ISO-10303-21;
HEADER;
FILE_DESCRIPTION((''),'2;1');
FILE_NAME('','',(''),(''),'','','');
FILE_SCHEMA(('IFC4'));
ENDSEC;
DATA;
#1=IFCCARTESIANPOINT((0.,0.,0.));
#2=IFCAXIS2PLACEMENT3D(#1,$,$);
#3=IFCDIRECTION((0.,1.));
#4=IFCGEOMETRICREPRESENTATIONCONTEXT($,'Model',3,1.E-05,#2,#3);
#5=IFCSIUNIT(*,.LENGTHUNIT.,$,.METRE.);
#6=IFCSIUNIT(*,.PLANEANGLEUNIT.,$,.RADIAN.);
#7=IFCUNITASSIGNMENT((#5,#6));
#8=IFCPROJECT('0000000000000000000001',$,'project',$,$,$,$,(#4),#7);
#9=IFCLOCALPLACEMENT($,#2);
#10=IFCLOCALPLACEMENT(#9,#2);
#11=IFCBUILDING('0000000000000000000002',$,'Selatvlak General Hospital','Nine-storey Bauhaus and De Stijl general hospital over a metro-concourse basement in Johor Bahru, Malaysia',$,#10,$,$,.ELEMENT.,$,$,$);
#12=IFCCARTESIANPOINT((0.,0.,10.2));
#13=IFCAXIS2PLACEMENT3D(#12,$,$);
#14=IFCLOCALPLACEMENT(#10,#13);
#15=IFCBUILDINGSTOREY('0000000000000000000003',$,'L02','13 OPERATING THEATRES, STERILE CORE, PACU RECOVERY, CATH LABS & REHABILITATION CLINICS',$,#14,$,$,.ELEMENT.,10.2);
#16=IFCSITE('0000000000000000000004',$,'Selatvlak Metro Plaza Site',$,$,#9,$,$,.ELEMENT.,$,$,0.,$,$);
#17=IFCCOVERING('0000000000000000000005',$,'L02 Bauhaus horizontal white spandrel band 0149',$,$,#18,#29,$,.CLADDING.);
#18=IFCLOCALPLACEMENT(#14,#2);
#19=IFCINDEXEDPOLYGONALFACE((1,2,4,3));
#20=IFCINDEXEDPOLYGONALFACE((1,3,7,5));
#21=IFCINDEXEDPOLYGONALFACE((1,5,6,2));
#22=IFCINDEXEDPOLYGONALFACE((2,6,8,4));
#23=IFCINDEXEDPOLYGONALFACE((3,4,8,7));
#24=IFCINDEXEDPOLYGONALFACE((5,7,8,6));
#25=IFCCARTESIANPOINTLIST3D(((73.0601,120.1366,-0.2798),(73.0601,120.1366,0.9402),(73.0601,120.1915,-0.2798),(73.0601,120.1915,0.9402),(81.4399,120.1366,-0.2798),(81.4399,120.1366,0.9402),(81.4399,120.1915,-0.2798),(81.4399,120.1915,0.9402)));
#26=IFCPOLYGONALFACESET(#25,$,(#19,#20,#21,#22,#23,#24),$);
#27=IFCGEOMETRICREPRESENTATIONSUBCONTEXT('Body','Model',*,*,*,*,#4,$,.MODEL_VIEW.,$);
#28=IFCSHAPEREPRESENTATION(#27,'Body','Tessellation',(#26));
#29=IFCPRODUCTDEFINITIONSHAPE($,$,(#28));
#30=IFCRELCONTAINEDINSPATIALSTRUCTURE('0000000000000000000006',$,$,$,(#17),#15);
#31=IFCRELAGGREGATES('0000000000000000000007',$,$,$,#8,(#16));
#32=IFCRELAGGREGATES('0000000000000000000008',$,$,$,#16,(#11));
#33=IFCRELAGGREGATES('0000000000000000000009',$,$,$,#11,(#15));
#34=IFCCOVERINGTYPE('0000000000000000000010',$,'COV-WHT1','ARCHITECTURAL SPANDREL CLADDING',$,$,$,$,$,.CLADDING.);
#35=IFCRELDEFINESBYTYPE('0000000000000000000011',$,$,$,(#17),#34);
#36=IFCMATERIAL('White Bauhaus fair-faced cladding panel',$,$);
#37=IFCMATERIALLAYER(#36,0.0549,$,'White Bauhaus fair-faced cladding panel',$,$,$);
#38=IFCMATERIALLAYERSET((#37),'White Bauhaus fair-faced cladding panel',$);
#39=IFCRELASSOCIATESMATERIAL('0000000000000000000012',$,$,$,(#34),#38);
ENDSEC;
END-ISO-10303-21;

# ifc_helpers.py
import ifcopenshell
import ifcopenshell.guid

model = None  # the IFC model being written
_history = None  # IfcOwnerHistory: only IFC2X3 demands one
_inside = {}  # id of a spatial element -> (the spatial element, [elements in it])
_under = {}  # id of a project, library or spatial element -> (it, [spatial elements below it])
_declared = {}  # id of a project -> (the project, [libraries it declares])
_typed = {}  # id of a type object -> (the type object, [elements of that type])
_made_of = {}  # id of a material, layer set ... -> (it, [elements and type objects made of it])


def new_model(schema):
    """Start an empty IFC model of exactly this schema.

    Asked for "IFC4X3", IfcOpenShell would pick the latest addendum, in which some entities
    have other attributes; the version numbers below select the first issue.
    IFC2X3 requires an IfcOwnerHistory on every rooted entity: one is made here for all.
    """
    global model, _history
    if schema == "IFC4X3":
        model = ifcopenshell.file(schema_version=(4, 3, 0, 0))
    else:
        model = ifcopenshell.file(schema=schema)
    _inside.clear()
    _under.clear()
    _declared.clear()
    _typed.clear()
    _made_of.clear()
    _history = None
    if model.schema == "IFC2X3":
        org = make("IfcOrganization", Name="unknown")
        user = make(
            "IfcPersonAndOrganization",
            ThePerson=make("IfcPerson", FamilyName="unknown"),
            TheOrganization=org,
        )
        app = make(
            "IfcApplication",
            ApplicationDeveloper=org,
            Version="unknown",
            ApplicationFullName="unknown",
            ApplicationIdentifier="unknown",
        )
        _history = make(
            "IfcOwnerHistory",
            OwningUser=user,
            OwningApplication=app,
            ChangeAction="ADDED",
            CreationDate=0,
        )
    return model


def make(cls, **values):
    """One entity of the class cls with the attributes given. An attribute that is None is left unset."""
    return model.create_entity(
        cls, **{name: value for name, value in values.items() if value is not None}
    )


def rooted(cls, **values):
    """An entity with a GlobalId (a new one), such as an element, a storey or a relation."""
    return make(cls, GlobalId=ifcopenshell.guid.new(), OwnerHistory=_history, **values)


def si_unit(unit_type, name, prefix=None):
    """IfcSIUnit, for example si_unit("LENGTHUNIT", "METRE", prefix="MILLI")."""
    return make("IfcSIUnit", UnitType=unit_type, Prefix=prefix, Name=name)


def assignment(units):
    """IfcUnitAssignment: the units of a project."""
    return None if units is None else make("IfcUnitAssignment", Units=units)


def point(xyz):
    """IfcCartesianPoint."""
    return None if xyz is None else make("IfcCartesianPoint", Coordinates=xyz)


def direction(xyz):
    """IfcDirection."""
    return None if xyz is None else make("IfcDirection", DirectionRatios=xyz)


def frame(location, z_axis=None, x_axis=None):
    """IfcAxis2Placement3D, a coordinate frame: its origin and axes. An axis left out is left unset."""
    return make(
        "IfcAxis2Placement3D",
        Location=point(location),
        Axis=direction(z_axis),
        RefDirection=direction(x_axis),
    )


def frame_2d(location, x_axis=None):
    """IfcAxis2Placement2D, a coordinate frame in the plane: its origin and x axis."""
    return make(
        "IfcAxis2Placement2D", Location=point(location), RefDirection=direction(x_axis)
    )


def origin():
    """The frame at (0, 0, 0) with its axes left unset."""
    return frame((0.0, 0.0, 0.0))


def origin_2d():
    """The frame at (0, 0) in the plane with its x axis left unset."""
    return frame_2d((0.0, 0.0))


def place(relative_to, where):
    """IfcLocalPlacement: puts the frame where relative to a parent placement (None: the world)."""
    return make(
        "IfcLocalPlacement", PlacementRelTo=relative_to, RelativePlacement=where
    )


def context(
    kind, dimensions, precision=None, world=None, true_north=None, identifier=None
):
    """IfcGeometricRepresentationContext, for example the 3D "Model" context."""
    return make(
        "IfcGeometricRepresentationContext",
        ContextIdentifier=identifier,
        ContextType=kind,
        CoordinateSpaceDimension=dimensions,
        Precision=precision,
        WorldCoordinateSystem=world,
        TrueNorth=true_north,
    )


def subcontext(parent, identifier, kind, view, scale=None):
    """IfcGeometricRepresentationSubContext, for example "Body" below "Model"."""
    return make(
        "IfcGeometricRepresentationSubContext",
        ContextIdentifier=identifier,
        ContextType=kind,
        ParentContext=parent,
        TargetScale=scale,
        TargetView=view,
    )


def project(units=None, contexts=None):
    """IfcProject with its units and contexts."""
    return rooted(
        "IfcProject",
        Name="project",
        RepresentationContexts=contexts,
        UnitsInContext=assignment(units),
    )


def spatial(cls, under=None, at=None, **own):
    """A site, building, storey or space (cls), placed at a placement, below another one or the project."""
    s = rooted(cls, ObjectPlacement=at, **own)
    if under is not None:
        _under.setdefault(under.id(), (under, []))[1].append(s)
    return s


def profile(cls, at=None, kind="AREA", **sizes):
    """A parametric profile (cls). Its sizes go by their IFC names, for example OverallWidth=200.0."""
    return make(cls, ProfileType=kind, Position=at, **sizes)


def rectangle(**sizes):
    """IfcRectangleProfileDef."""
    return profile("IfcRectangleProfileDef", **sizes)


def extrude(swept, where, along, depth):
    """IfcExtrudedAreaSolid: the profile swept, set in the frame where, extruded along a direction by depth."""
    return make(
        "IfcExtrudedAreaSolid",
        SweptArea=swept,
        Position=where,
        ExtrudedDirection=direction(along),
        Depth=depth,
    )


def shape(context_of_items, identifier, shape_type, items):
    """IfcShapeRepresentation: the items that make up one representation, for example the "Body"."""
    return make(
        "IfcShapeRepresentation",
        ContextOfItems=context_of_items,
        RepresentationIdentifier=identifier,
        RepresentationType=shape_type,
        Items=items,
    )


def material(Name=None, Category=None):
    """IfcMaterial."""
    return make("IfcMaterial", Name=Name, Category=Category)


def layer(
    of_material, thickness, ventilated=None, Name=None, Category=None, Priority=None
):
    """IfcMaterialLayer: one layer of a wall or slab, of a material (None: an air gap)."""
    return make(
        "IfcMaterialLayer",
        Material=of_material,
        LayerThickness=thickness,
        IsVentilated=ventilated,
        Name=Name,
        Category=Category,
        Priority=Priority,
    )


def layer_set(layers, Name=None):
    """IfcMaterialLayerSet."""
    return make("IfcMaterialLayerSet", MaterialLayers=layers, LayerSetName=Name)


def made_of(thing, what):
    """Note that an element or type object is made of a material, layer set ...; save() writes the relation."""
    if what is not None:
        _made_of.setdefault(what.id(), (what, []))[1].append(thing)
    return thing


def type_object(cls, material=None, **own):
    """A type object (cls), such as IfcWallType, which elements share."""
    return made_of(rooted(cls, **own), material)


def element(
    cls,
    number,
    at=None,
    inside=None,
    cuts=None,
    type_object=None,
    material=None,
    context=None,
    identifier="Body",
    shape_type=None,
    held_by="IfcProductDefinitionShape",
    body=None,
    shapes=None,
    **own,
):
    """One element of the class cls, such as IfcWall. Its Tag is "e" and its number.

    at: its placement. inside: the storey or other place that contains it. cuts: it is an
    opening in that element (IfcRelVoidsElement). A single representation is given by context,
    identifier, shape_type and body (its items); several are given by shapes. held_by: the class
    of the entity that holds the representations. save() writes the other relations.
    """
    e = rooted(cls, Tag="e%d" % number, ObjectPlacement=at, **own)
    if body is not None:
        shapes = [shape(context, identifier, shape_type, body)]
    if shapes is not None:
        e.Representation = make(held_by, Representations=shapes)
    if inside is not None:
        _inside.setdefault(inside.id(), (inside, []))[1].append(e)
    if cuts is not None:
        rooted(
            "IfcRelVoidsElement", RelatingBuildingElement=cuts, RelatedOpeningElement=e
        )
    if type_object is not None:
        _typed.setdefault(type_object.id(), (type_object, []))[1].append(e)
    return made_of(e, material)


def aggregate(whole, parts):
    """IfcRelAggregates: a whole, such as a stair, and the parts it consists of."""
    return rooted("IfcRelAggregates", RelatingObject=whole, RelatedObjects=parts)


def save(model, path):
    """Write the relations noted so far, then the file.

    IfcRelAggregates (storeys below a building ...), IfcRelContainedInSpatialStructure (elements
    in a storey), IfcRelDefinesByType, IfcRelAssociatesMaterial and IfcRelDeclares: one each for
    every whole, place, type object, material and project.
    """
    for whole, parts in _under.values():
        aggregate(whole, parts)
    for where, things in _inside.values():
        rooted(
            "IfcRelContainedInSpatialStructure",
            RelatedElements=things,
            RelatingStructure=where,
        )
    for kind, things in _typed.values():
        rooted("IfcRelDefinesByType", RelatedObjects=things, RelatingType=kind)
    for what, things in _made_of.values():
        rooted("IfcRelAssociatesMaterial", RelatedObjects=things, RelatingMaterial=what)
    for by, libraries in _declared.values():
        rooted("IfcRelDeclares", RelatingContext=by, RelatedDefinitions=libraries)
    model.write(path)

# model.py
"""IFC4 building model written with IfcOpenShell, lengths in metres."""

from ifc_helpers import new_model, si_unit, direction, frame, origin, origin_2d, place, context, subcontext, project, spatial, rectangle, extrude, material, layer, layer_set, type_object, element, save


model = new_model("IFC4")

# Units and contexts
model_context = context("Model", 3, precision=1e-05, world=origin(), true_north=direction((0.0, 1.0)))
body_context = subcontext(model_context, "Body", "Model", "MODEL_VIEW")
ifc_project = project(units=[si_unit("LENGTHUNIT", "METRE"), si_unit("PLANEANGLEUNIT", "RADIAN")], contexts=[model_context])

# Site, building, storey
site_placement = place(None, origin())
site = spatial("IfcSite", under=ifc_project, at=site_placement, Name="Selatvlak Metro Plaza Site", CompositionType="ELEMENT", RefElevation=0.0)
building_placement = place(site_placement, origin())
building = spatial("IfcBuilding", under=site, at=building_placement, Name="Selatvlak General Hospital", Description="Nine-storey Bauhaus and De Stijl general hospital over a metro-concourse basement in Johor Bahru, Malaysia", CompositionType="ELEMENT")
storey_placement = place(building_placement, frame((0.0, 0.0, 10.2)))
storey = spatial("IfcBuildingStorey", under=building, at=storey_placement, Name="L02", Description="13 OPERATING THEATRES, STERILE CORE, PACU RECOVERY, CATH LABS & REHABILITATION CLINICS", CompositionType="ELEMENT", Elevation=10.2)

# Covering
ifc_material_1 = material(Name="White Bauhaus fair-faced cladding panel")
ifc_layer_1 = layer(ifc_material_1, 0.0549, Name="White Bauhaus fair-faced cladding panel")
ifc_layer_set_1 = layer_set([ifc_layer_1], Name="White Bauhaus fair-faced cladding panel")
covering_type = type_object("IfcCoveringType", Name="COV-WHT1", Description="ARCHITECTURAL SPANDREL CLADDING", PredefinedType="CLADDING", material=ifc_layer_set_1)
covering_placement = place(storey_placement, frame((77.25, 120.1641, -0.2798), z_axis=(0.0, 0.0, 1.0), x_axis=(1.0, 0.0, 0.0)))
element("IfcCovering", 1, at=covering_placement, inside=storey, type_object=covering_type, Name="L02 Bauhaus horizontal white spandrel band 0149", PredefinedType="CLADDING", context=body_context, shape_type="SweptSolid", body=[
    extrude(rectangle(XDim=8.3799, YDim=0.0549, at=origin_2d()), origin(), (0.0, 0.0, 1.0), 1.22),
])

save(model, "model.ifc")
